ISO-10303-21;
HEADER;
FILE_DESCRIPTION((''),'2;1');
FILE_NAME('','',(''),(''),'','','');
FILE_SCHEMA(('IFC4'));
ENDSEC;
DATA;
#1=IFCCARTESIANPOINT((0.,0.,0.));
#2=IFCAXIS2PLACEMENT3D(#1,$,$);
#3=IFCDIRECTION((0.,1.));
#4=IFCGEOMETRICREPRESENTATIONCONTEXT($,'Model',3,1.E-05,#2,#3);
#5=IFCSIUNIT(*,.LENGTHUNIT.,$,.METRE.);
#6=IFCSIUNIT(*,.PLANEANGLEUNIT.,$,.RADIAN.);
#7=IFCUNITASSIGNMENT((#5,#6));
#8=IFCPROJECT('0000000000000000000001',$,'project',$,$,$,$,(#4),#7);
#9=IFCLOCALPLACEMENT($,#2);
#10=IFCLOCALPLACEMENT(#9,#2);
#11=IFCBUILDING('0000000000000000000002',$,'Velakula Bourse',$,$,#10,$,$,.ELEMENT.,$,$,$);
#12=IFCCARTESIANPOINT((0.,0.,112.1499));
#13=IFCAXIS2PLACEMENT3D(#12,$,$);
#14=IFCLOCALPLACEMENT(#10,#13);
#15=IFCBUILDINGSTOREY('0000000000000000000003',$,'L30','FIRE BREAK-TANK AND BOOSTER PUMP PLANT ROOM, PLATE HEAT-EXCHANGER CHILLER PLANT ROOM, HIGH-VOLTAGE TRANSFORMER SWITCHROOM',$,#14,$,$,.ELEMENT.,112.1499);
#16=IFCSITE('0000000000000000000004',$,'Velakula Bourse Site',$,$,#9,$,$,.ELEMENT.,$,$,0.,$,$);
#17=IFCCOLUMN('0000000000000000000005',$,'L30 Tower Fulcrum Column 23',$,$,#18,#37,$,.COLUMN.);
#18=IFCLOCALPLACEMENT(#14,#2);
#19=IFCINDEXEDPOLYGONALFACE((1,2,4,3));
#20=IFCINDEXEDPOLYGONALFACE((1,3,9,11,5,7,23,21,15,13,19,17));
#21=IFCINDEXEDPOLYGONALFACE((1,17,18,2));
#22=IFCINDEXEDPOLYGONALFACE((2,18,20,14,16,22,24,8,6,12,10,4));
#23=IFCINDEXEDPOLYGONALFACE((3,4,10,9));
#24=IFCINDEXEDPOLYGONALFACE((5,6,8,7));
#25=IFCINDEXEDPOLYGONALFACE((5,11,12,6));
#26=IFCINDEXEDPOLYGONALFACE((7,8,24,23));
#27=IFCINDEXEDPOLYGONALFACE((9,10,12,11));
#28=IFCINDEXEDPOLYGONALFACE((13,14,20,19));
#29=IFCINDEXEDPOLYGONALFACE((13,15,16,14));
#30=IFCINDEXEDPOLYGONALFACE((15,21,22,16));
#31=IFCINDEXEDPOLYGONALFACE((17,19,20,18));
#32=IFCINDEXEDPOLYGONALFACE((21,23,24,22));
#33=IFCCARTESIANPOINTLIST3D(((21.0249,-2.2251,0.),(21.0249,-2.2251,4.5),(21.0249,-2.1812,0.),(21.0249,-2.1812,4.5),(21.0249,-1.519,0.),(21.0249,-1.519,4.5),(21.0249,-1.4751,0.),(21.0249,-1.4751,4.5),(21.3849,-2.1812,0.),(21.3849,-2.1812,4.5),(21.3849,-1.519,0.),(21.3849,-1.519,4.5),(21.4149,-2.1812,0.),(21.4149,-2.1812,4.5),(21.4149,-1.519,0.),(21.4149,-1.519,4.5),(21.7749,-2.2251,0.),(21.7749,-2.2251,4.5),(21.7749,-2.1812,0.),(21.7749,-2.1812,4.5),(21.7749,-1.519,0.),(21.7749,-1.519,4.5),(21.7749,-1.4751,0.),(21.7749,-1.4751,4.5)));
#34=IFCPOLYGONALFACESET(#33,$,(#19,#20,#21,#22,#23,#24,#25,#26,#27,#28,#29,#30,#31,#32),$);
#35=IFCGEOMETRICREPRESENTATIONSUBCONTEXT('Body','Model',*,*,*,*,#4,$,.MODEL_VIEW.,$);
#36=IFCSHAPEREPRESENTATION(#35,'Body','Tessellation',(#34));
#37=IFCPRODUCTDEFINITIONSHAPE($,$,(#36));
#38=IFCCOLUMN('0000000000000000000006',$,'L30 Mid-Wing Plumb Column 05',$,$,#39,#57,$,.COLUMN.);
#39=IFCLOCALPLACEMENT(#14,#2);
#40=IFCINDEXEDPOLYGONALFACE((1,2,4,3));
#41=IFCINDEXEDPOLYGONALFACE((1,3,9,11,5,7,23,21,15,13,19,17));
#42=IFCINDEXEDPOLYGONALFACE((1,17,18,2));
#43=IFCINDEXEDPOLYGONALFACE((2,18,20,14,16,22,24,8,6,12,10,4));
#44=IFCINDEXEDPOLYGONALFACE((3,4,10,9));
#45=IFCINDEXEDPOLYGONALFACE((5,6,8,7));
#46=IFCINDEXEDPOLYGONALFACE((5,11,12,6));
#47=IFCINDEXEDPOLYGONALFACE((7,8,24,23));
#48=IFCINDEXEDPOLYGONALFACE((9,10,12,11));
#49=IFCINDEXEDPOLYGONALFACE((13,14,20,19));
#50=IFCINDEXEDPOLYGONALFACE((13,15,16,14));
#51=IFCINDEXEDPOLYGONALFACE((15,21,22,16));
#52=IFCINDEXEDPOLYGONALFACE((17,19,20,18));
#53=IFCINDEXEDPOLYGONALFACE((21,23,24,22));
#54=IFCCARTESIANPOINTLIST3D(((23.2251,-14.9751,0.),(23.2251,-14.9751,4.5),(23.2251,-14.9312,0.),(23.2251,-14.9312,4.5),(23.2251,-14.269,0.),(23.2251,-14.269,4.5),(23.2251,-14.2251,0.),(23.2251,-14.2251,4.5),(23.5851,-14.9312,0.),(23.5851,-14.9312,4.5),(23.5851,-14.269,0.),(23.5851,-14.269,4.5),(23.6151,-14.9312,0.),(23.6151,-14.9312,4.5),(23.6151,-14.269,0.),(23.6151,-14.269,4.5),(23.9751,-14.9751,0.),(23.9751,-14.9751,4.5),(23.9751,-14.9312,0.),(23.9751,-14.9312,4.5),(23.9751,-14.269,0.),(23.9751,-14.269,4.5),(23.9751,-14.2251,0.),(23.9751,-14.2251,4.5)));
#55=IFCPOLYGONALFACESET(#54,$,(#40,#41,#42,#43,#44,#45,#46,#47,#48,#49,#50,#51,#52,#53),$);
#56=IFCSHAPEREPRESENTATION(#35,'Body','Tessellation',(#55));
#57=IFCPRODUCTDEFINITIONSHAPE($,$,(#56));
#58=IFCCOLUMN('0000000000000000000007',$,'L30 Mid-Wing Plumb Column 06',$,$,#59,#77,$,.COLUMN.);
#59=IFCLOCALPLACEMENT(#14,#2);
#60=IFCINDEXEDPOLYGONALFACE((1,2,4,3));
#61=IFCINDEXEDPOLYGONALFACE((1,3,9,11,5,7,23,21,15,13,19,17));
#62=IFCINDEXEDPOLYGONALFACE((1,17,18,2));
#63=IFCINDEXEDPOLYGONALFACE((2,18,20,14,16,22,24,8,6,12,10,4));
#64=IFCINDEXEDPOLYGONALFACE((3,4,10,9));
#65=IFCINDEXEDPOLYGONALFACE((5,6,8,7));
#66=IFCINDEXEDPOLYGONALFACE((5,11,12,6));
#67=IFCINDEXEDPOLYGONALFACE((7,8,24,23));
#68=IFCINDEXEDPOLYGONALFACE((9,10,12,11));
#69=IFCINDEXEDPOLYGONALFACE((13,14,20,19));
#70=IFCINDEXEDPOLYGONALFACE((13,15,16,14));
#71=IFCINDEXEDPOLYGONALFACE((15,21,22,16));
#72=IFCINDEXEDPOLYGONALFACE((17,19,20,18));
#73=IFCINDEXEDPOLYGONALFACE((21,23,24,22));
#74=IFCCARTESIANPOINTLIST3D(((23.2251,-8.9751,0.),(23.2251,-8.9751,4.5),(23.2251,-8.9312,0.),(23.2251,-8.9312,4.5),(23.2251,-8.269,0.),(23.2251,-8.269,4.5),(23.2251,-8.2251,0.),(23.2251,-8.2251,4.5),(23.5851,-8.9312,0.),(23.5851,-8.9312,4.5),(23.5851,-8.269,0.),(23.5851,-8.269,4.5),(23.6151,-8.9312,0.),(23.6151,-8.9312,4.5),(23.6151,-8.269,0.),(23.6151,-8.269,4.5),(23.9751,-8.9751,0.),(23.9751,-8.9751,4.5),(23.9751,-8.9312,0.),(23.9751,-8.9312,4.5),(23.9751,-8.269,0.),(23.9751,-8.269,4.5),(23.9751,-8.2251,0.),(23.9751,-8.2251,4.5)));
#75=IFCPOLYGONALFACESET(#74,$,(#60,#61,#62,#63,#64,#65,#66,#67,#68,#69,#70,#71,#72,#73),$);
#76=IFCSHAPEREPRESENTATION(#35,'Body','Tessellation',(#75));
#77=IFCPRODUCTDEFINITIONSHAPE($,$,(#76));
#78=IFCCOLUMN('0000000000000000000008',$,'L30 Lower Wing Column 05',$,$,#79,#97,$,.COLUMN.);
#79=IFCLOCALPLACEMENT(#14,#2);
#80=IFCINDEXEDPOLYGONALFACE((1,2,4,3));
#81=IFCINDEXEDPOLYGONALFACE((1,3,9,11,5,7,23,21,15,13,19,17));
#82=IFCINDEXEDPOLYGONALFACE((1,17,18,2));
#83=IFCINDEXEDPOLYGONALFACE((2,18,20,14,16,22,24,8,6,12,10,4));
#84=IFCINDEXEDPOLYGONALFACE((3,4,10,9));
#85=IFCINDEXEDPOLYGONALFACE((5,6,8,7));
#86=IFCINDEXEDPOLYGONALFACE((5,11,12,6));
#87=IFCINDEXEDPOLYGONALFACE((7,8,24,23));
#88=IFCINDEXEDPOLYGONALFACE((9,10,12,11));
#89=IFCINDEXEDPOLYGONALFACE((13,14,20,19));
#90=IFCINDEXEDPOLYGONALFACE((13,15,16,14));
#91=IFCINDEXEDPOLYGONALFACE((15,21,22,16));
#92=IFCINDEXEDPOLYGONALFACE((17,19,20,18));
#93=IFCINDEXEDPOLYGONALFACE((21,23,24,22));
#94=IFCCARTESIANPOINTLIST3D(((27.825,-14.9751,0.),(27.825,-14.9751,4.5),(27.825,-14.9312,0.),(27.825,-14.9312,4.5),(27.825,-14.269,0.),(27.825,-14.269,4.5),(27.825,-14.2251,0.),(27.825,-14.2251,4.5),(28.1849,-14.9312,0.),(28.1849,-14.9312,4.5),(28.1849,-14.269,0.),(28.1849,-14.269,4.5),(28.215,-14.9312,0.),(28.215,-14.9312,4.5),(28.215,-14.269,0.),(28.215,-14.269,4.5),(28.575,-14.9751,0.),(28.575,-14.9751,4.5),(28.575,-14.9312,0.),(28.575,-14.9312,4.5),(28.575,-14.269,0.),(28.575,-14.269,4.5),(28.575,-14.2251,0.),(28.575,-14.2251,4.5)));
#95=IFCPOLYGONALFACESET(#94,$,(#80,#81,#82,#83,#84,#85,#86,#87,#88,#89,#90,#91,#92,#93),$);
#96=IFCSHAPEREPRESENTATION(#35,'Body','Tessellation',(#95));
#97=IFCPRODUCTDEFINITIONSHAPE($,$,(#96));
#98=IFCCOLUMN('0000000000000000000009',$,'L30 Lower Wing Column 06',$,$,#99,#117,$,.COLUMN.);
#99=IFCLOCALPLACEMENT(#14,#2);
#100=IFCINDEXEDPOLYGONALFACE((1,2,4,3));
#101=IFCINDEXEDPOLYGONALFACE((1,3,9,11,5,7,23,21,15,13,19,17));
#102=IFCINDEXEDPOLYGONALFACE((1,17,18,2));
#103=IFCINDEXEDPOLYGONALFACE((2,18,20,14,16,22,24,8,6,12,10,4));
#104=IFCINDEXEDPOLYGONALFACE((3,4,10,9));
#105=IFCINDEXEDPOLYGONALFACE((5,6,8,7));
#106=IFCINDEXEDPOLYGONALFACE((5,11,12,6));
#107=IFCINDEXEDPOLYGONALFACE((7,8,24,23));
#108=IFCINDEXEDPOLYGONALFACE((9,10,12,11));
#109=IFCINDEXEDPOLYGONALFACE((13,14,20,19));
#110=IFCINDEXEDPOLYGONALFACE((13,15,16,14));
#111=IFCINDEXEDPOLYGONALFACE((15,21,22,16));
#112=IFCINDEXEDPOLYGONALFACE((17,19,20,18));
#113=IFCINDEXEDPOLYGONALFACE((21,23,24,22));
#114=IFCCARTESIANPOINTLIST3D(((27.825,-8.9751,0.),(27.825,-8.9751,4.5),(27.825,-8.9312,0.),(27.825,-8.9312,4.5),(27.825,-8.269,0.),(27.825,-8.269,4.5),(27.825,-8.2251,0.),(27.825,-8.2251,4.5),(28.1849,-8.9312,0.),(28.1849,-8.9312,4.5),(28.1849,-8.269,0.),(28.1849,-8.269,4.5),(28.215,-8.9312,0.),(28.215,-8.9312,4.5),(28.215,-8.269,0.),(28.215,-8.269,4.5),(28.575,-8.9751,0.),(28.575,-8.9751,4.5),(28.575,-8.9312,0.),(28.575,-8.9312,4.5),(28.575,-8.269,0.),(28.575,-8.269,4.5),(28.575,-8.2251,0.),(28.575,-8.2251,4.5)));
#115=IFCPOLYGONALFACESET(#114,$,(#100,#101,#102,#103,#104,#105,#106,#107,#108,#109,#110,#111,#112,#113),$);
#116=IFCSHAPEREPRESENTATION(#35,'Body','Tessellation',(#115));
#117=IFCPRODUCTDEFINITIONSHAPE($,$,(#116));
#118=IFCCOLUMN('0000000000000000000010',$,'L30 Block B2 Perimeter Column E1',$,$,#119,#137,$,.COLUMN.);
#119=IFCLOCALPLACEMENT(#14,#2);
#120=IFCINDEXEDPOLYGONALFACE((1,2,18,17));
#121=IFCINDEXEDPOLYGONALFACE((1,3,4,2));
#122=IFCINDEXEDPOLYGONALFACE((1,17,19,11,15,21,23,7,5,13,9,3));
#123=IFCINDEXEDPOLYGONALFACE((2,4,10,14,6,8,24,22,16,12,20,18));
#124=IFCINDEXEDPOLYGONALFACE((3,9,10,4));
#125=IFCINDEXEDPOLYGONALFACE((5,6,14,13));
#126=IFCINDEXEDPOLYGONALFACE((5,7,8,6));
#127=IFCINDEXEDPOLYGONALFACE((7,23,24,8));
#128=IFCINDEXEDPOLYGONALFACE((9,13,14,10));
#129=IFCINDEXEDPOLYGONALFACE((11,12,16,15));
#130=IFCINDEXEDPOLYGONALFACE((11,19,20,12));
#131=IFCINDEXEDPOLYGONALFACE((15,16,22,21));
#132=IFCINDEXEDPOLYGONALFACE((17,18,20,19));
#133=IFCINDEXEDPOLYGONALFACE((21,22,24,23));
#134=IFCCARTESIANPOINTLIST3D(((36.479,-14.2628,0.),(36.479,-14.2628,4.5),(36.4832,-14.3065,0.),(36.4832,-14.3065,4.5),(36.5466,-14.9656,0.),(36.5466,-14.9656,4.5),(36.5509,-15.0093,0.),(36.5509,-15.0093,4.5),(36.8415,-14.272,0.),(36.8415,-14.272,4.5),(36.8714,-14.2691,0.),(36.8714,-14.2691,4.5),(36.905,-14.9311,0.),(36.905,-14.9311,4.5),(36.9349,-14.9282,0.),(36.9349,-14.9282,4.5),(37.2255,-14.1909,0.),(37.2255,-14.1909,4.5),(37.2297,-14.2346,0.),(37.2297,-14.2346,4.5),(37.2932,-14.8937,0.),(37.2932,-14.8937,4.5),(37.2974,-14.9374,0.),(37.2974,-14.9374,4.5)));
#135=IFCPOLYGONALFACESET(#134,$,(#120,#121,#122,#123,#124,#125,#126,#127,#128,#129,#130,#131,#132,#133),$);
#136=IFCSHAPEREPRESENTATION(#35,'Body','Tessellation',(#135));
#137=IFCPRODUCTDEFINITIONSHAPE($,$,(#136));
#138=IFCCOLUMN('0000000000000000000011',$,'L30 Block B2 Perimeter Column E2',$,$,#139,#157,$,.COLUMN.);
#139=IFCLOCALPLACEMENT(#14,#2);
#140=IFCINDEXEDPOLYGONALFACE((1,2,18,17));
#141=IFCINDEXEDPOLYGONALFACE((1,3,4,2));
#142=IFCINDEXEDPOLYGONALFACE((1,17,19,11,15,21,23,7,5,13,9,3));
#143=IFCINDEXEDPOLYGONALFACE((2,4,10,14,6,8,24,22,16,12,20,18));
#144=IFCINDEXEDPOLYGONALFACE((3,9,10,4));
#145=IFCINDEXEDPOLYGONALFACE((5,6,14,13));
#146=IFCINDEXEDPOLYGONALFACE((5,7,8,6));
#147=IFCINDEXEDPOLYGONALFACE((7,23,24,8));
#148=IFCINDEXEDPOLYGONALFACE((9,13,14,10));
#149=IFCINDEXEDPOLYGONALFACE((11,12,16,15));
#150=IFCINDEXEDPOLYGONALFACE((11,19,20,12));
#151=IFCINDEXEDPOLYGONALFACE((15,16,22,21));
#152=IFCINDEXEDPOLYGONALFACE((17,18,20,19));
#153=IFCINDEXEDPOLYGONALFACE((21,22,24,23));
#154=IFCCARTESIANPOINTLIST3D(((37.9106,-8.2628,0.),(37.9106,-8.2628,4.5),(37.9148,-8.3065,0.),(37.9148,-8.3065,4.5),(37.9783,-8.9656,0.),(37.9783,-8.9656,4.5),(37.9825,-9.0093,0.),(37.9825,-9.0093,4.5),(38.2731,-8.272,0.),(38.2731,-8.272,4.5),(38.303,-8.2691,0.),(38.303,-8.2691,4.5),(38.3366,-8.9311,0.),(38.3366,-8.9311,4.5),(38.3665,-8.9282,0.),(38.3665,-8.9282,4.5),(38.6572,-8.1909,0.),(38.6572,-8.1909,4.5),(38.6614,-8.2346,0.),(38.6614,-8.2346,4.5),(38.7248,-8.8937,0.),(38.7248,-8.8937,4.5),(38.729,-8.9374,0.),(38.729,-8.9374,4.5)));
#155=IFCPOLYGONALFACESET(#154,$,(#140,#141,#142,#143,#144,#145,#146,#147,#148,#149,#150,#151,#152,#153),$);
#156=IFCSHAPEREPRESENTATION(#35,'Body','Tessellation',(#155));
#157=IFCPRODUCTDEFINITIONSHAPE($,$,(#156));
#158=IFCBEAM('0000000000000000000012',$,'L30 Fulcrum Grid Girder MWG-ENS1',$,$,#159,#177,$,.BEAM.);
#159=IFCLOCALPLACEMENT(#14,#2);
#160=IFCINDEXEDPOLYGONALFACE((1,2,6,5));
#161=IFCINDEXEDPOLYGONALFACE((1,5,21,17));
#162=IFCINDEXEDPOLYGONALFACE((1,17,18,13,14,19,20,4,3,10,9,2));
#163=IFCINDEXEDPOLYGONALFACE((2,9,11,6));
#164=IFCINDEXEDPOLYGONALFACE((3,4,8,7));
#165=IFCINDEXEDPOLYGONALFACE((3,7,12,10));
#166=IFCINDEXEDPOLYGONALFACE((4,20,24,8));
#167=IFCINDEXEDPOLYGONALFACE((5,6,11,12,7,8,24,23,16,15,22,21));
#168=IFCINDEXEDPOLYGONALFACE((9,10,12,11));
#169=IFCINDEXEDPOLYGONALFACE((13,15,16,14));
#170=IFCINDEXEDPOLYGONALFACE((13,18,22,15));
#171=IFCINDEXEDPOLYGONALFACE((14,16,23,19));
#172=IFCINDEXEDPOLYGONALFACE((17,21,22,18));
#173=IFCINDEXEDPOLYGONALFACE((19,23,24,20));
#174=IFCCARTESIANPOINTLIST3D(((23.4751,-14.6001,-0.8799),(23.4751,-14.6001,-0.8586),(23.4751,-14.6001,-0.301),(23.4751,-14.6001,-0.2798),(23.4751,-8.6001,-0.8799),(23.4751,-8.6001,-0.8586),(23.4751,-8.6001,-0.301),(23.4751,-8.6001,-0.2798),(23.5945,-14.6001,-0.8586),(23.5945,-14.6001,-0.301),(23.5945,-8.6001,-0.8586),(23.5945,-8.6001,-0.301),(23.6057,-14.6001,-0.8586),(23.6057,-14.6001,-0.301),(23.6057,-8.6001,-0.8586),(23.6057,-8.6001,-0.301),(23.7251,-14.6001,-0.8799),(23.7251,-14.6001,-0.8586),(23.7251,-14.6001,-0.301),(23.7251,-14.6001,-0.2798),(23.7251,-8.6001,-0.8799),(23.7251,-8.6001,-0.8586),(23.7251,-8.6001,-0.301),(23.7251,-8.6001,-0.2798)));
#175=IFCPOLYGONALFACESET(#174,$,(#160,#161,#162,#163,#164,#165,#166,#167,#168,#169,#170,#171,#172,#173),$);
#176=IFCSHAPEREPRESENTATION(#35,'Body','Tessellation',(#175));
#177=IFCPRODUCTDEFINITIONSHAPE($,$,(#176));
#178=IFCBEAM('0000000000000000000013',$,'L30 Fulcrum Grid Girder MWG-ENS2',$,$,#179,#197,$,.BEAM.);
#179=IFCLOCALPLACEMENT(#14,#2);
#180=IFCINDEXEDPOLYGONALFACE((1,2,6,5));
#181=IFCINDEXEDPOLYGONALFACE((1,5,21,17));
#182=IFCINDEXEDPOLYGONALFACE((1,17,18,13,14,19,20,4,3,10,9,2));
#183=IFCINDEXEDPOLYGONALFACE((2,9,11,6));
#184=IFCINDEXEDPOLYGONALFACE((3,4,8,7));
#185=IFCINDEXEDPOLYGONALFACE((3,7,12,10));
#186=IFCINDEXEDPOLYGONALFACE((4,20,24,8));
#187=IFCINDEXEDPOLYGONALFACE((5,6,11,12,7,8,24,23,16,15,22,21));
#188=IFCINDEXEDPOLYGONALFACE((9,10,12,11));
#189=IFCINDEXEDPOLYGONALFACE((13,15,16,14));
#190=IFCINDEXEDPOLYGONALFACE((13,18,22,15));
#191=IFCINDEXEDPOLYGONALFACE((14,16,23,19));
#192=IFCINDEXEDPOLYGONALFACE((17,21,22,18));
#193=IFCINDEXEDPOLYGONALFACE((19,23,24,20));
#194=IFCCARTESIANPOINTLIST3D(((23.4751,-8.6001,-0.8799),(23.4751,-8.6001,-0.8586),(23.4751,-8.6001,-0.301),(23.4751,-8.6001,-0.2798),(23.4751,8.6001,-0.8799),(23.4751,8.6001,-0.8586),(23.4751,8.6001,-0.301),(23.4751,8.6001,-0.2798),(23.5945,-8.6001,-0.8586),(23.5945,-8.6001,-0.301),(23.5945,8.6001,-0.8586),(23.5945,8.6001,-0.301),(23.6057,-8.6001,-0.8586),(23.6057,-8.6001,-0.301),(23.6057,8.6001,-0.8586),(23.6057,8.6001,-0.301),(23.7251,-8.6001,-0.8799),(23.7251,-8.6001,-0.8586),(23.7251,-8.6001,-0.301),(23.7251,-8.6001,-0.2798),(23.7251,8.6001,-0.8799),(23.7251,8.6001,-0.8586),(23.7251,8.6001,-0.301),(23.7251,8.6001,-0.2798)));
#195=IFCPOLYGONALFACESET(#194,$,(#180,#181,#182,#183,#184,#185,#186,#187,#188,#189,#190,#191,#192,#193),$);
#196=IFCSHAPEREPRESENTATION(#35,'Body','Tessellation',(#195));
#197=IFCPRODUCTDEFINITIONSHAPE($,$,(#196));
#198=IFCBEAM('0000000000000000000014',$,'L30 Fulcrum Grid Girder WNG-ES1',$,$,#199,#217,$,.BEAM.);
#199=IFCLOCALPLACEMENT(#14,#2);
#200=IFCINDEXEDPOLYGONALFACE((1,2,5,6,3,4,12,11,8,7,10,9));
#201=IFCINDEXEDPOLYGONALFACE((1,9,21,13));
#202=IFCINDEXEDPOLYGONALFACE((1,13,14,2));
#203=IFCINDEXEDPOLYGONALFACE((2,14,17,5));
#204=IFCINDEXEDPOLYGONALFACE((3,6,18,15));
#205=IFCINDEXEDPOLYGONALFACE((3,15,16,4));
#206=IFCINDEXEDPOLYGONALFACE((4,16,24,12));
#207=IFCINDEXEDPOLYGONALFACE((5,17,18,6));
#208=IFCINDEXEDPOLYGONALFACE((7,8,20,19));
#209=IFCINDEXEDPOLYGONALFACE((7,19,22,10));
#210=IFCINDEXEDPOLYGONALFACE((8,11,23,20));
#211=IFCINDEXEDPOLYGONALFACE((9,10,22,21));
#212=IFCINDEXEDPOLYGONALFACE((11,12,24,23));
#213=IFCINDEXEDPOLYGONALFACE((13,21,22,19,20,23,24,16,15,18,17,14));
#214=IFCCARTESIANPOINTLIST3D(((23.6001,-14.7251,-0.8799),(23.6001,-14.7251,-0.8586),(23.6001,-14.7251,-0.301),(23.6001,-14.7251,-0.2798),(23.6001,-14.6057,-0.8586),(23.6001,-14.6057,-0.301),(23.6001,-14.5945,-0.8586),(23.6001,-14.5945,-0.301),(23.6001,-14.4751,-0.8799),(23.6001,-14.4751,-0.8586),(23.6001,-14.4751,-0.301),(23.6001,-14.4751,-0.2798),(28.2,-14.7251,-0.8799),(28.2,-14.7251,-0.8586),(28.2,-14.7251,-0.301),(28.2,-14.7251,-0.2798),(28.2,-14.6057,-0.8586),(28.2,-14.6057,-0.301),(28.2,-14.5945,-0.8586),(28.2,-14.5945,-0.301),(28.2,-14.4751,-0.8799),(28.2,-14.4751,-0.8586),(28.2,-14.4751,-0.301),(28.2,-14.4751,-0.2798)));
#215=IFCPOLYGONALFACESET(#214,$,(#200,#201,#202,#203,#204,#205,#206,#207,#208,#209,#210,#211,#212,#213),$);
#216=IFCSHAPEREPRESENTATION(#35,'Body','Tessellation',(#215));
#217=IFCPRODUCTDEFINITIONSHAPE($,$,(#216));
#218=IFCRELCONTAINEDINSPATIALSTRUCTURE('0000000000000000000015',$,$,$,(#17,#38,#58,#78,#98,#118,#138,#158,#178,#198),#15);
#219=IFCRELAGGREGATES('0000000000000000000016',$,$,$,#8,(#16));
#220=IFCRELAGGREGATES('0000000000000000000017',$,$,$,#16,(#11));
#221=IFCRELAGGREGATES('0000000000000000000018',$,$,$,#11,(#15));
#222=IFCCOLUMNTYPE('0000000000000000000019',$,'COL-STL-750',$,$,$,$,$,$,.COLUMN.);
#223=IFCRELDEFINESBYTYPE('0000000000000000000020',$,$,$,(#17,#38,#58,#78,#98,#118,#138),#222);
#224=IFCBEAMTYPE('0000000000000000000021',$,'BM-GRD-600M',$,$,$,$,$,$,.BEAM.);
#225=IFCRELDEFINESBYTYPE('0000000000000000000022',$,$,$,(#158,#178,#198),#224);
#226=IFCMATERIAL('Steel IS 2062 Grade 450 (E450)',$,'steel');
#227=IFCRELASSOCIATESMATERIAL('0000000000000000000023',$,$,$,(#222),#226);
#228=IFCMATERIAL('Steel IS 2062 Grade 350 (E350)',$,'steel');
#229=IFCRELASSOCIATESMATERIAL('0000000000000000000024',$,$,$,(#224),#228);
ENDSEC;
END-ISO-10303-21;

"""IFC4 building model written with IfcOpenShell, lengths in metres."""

from ifc_helpers import new_model, si_unit, direction, frame, origin, origin_2d, place, context, subcontext, project, spatial, i_section, extrude, material, material_profile, profile_set, type_object, element, save


model = new_model("IFC4")

# Units and contexts
model_context = context("Model", 3, precision=1e-05, world=origin(), true_north=direction((0.0, 1.0)))
body_context = subcontext(model_context, "Body", "Model", "MODEL_VIEW")
ifc_project = project(units=[si_unit("LENGTHUNIT", "METRE"), si_unit("PLANEANGLEUNIT", "RADIAN")], contexts=[model_context])

# Site, building, storey
site_placement = place(None, origin())
site = spatial("IfcSite", under=ifc_project, at=site_placement, Name="Velakula Bourse Site", CompositionType="ELEMENT", RefElevation=0.0)
building_placement = place(site_placement, origin())
building = spatial("IfcBuilding", under=site, at=building_placement, Name="Velakula Bourse", CompositionType="ELEMENT")
storey_placement = place(building_placement, frame((0.0, 0.0, 112.1499)))
storey = spatial("IfcBuildingStorey", under=building, at=storey_placement, Name="L30", Description="FIRE BREAK-TANK AND BOOSTER PUMP PLANT ROOM, PLATE HEAT-EXCHANGER CHILLER PLANT ROOM, HIGH-VOLTAGE TRANSFORMER SWITCHROOM", CompositionType="ELEMENT", Elevation=112.1499)

# Columns
ifc_material_1 = material(Name="Steel IS 2062 Grade 450 (E450)", Category="steel")
ifc_material_profile_1 = material_profile(ifc_material_1, i_section(OverallWidth=0.75, OverallDepth=0.75, WebThickness=0.03, FlangeThickness=0.0439, at=origin_2d()), Name="Steel IS 2062 Grade 450 (E450)")
ifc_profile_set_1 = profile_set([ifc_material_profile_1], Name="Steel IS 2062 Grade 450 (E450)")
column_type = type_object("IfcColumnType", Name="COL-STL-750", PredefinedType="COLUMN", material=ifc_profile_set_1)
for number, where, z_axis, x_axis, name in (
    (1, (21.3999, -1.8501, 0.0), (0.0, 0.0, 1.0), (1.0, 0.0, 0.0), "L30 Tower Fulcrum Column 23"),
    (2, (23.6001, -14.6001, 0.0), (0.0, 0.0, 1.0), (1.0, 0.0, 0.0), "L30 Mid-Wing Plumb Column 05"),
    (3, (23.6001, -8.6001, 0.0), (0.0, 0.0, 1.0), (1.0, 0.0, 0.0), "L30 Mid-Wing Plumb Column 06"),
    (4, (28.2, -14.6001, 0.0), (0.0, 0.0, 1.0), (1.0, 0.0, 0.0), "L30 Lower Wing Column 05"),
    (5, (28.2, -8.6001, 0.0), (0.0, 0.0, 1.0), (1.0, 0.0, 0.0), "L30 Lower Wing Column 06"),
    (6, (36.8882, -14.6001, 0.0), (0.0, 0.0, 1.0), (0.995396, 0.095846, 0.0), "L30 Block B2 Perimeter Column E1"),
    (7, (38.3198, -8.6001, 0.0), (0.0, 0.0, 1.0), (0.995396, 0.095846, 0.0), "L30 Block B2 Perimeter Column E2"),
):
    element("IfcColumn", number, at=place(storey_placement, frame(where, z_axis=z_axis, x_axis=x_axis)), inside=storey, type_object=column_type, Name=name, PredefinedType="COLUMN", context=body_context, shape_type="SweptSolid", body=[
        extrude(i_section(OverallWidth=0.75, OverallDepth=0.75, WebThickness=0.03, FlangeThickness=0.0439, at=origin_2d()), origin(), (0.0, 0.0, 1.0), 4.5),
    ])

# Beams
ifc_material_2 = material(Name="Steel IS 2062 Grade 350 (E350)", Category="steel")
ifc_material_profile_2 = material_profile(ifc_material_2, i_section(OverallWidth=0.25, OverallDepth=0.6001, WebThickness=0.0112, FlangeThickness=0.0212, at=origin_2d()), Name="Steel IS 2062 Grade 350 (E350)")
ifc_profile_set_2 = profile_set([ifc_material_profile_2], Name="Steel IS 2062 Grade 350 (E350)")
beam_type_1 = type_object("IfcBeamType", Name="BM-GRD-600M", PredefinedType="BEAM", material=ifc_profile_set_2)
beam_1_placement = place(storey_placement, frame((23.6001, -14.6001, -0.5798), z_axis=(0.0, 1.0, 0.0), x_axis=(-1.0, 0.0, 0.0)))
element("IfcBeam", 8, at=beam_1_placement, inside=storey, type_object=beam_type_1, Name="L30 Fulcrum Grid Girder MWG-ENS1", PredefinedType="BEAM", context=body_context, shape_type="SweptSolid", body=[
    extrude(i_section(OverallWidth=0.25, OverallDepth=0.6001, WebThickness=0.0112, FlangeThickness=0.0212, at=origin_2d()), origin(), (0.0, 0.0, 1.0), 6.0),
])
beam_2_placement = place(storey_placement, frame((23.6001, -8.6001, -0.5798), z_axis=(0.0, 1.0, 0.0), x_axis=(-1.0, 0.0, 0.0)))
element("IfcBeam", 9, at=beam_2_placement, inside=storey, type_object=beam_type_1, Name="L30 Fulcrum Grid Girder MWG-ENS2", PredefinedType="BEAM", context=body_context, shape_type="SweptSolid", body=[
    extrude(i_section(OverallWidth=0.25, OverallDepth=0.6001, WebThickness=0.0112, FlangeThickness=0.0212, at=origin_2d()), origin(), (0.0, 0.0, 1.0), 17.2002),
])
beam_3_placement = place(storey_placement, frame((23.6001, -14.6001, -0.5798), z_axis=(1.0, 0.0, 0.0), x_axis=(0.0, 1.0, 0.0)))
element("IfcBeam", 10, at=beam_3_placement, inside=storey, type_object=beam_type_1, Name="L30 Fulcrum Grid Girder WNG-ES1", PredefinedType="BEAM", context=body_context, shape_type="SweptSolid", body=[
    extrude(i_section(OverallWidth=0.25, OverallDepth=0.6001, WebThickness=0.0112, FlangeThickness=0.0212, at=origin_2d()), origin(), (0.0, 0.0, 1.0), 4.5999),
])

save(model, "model.ifc")
